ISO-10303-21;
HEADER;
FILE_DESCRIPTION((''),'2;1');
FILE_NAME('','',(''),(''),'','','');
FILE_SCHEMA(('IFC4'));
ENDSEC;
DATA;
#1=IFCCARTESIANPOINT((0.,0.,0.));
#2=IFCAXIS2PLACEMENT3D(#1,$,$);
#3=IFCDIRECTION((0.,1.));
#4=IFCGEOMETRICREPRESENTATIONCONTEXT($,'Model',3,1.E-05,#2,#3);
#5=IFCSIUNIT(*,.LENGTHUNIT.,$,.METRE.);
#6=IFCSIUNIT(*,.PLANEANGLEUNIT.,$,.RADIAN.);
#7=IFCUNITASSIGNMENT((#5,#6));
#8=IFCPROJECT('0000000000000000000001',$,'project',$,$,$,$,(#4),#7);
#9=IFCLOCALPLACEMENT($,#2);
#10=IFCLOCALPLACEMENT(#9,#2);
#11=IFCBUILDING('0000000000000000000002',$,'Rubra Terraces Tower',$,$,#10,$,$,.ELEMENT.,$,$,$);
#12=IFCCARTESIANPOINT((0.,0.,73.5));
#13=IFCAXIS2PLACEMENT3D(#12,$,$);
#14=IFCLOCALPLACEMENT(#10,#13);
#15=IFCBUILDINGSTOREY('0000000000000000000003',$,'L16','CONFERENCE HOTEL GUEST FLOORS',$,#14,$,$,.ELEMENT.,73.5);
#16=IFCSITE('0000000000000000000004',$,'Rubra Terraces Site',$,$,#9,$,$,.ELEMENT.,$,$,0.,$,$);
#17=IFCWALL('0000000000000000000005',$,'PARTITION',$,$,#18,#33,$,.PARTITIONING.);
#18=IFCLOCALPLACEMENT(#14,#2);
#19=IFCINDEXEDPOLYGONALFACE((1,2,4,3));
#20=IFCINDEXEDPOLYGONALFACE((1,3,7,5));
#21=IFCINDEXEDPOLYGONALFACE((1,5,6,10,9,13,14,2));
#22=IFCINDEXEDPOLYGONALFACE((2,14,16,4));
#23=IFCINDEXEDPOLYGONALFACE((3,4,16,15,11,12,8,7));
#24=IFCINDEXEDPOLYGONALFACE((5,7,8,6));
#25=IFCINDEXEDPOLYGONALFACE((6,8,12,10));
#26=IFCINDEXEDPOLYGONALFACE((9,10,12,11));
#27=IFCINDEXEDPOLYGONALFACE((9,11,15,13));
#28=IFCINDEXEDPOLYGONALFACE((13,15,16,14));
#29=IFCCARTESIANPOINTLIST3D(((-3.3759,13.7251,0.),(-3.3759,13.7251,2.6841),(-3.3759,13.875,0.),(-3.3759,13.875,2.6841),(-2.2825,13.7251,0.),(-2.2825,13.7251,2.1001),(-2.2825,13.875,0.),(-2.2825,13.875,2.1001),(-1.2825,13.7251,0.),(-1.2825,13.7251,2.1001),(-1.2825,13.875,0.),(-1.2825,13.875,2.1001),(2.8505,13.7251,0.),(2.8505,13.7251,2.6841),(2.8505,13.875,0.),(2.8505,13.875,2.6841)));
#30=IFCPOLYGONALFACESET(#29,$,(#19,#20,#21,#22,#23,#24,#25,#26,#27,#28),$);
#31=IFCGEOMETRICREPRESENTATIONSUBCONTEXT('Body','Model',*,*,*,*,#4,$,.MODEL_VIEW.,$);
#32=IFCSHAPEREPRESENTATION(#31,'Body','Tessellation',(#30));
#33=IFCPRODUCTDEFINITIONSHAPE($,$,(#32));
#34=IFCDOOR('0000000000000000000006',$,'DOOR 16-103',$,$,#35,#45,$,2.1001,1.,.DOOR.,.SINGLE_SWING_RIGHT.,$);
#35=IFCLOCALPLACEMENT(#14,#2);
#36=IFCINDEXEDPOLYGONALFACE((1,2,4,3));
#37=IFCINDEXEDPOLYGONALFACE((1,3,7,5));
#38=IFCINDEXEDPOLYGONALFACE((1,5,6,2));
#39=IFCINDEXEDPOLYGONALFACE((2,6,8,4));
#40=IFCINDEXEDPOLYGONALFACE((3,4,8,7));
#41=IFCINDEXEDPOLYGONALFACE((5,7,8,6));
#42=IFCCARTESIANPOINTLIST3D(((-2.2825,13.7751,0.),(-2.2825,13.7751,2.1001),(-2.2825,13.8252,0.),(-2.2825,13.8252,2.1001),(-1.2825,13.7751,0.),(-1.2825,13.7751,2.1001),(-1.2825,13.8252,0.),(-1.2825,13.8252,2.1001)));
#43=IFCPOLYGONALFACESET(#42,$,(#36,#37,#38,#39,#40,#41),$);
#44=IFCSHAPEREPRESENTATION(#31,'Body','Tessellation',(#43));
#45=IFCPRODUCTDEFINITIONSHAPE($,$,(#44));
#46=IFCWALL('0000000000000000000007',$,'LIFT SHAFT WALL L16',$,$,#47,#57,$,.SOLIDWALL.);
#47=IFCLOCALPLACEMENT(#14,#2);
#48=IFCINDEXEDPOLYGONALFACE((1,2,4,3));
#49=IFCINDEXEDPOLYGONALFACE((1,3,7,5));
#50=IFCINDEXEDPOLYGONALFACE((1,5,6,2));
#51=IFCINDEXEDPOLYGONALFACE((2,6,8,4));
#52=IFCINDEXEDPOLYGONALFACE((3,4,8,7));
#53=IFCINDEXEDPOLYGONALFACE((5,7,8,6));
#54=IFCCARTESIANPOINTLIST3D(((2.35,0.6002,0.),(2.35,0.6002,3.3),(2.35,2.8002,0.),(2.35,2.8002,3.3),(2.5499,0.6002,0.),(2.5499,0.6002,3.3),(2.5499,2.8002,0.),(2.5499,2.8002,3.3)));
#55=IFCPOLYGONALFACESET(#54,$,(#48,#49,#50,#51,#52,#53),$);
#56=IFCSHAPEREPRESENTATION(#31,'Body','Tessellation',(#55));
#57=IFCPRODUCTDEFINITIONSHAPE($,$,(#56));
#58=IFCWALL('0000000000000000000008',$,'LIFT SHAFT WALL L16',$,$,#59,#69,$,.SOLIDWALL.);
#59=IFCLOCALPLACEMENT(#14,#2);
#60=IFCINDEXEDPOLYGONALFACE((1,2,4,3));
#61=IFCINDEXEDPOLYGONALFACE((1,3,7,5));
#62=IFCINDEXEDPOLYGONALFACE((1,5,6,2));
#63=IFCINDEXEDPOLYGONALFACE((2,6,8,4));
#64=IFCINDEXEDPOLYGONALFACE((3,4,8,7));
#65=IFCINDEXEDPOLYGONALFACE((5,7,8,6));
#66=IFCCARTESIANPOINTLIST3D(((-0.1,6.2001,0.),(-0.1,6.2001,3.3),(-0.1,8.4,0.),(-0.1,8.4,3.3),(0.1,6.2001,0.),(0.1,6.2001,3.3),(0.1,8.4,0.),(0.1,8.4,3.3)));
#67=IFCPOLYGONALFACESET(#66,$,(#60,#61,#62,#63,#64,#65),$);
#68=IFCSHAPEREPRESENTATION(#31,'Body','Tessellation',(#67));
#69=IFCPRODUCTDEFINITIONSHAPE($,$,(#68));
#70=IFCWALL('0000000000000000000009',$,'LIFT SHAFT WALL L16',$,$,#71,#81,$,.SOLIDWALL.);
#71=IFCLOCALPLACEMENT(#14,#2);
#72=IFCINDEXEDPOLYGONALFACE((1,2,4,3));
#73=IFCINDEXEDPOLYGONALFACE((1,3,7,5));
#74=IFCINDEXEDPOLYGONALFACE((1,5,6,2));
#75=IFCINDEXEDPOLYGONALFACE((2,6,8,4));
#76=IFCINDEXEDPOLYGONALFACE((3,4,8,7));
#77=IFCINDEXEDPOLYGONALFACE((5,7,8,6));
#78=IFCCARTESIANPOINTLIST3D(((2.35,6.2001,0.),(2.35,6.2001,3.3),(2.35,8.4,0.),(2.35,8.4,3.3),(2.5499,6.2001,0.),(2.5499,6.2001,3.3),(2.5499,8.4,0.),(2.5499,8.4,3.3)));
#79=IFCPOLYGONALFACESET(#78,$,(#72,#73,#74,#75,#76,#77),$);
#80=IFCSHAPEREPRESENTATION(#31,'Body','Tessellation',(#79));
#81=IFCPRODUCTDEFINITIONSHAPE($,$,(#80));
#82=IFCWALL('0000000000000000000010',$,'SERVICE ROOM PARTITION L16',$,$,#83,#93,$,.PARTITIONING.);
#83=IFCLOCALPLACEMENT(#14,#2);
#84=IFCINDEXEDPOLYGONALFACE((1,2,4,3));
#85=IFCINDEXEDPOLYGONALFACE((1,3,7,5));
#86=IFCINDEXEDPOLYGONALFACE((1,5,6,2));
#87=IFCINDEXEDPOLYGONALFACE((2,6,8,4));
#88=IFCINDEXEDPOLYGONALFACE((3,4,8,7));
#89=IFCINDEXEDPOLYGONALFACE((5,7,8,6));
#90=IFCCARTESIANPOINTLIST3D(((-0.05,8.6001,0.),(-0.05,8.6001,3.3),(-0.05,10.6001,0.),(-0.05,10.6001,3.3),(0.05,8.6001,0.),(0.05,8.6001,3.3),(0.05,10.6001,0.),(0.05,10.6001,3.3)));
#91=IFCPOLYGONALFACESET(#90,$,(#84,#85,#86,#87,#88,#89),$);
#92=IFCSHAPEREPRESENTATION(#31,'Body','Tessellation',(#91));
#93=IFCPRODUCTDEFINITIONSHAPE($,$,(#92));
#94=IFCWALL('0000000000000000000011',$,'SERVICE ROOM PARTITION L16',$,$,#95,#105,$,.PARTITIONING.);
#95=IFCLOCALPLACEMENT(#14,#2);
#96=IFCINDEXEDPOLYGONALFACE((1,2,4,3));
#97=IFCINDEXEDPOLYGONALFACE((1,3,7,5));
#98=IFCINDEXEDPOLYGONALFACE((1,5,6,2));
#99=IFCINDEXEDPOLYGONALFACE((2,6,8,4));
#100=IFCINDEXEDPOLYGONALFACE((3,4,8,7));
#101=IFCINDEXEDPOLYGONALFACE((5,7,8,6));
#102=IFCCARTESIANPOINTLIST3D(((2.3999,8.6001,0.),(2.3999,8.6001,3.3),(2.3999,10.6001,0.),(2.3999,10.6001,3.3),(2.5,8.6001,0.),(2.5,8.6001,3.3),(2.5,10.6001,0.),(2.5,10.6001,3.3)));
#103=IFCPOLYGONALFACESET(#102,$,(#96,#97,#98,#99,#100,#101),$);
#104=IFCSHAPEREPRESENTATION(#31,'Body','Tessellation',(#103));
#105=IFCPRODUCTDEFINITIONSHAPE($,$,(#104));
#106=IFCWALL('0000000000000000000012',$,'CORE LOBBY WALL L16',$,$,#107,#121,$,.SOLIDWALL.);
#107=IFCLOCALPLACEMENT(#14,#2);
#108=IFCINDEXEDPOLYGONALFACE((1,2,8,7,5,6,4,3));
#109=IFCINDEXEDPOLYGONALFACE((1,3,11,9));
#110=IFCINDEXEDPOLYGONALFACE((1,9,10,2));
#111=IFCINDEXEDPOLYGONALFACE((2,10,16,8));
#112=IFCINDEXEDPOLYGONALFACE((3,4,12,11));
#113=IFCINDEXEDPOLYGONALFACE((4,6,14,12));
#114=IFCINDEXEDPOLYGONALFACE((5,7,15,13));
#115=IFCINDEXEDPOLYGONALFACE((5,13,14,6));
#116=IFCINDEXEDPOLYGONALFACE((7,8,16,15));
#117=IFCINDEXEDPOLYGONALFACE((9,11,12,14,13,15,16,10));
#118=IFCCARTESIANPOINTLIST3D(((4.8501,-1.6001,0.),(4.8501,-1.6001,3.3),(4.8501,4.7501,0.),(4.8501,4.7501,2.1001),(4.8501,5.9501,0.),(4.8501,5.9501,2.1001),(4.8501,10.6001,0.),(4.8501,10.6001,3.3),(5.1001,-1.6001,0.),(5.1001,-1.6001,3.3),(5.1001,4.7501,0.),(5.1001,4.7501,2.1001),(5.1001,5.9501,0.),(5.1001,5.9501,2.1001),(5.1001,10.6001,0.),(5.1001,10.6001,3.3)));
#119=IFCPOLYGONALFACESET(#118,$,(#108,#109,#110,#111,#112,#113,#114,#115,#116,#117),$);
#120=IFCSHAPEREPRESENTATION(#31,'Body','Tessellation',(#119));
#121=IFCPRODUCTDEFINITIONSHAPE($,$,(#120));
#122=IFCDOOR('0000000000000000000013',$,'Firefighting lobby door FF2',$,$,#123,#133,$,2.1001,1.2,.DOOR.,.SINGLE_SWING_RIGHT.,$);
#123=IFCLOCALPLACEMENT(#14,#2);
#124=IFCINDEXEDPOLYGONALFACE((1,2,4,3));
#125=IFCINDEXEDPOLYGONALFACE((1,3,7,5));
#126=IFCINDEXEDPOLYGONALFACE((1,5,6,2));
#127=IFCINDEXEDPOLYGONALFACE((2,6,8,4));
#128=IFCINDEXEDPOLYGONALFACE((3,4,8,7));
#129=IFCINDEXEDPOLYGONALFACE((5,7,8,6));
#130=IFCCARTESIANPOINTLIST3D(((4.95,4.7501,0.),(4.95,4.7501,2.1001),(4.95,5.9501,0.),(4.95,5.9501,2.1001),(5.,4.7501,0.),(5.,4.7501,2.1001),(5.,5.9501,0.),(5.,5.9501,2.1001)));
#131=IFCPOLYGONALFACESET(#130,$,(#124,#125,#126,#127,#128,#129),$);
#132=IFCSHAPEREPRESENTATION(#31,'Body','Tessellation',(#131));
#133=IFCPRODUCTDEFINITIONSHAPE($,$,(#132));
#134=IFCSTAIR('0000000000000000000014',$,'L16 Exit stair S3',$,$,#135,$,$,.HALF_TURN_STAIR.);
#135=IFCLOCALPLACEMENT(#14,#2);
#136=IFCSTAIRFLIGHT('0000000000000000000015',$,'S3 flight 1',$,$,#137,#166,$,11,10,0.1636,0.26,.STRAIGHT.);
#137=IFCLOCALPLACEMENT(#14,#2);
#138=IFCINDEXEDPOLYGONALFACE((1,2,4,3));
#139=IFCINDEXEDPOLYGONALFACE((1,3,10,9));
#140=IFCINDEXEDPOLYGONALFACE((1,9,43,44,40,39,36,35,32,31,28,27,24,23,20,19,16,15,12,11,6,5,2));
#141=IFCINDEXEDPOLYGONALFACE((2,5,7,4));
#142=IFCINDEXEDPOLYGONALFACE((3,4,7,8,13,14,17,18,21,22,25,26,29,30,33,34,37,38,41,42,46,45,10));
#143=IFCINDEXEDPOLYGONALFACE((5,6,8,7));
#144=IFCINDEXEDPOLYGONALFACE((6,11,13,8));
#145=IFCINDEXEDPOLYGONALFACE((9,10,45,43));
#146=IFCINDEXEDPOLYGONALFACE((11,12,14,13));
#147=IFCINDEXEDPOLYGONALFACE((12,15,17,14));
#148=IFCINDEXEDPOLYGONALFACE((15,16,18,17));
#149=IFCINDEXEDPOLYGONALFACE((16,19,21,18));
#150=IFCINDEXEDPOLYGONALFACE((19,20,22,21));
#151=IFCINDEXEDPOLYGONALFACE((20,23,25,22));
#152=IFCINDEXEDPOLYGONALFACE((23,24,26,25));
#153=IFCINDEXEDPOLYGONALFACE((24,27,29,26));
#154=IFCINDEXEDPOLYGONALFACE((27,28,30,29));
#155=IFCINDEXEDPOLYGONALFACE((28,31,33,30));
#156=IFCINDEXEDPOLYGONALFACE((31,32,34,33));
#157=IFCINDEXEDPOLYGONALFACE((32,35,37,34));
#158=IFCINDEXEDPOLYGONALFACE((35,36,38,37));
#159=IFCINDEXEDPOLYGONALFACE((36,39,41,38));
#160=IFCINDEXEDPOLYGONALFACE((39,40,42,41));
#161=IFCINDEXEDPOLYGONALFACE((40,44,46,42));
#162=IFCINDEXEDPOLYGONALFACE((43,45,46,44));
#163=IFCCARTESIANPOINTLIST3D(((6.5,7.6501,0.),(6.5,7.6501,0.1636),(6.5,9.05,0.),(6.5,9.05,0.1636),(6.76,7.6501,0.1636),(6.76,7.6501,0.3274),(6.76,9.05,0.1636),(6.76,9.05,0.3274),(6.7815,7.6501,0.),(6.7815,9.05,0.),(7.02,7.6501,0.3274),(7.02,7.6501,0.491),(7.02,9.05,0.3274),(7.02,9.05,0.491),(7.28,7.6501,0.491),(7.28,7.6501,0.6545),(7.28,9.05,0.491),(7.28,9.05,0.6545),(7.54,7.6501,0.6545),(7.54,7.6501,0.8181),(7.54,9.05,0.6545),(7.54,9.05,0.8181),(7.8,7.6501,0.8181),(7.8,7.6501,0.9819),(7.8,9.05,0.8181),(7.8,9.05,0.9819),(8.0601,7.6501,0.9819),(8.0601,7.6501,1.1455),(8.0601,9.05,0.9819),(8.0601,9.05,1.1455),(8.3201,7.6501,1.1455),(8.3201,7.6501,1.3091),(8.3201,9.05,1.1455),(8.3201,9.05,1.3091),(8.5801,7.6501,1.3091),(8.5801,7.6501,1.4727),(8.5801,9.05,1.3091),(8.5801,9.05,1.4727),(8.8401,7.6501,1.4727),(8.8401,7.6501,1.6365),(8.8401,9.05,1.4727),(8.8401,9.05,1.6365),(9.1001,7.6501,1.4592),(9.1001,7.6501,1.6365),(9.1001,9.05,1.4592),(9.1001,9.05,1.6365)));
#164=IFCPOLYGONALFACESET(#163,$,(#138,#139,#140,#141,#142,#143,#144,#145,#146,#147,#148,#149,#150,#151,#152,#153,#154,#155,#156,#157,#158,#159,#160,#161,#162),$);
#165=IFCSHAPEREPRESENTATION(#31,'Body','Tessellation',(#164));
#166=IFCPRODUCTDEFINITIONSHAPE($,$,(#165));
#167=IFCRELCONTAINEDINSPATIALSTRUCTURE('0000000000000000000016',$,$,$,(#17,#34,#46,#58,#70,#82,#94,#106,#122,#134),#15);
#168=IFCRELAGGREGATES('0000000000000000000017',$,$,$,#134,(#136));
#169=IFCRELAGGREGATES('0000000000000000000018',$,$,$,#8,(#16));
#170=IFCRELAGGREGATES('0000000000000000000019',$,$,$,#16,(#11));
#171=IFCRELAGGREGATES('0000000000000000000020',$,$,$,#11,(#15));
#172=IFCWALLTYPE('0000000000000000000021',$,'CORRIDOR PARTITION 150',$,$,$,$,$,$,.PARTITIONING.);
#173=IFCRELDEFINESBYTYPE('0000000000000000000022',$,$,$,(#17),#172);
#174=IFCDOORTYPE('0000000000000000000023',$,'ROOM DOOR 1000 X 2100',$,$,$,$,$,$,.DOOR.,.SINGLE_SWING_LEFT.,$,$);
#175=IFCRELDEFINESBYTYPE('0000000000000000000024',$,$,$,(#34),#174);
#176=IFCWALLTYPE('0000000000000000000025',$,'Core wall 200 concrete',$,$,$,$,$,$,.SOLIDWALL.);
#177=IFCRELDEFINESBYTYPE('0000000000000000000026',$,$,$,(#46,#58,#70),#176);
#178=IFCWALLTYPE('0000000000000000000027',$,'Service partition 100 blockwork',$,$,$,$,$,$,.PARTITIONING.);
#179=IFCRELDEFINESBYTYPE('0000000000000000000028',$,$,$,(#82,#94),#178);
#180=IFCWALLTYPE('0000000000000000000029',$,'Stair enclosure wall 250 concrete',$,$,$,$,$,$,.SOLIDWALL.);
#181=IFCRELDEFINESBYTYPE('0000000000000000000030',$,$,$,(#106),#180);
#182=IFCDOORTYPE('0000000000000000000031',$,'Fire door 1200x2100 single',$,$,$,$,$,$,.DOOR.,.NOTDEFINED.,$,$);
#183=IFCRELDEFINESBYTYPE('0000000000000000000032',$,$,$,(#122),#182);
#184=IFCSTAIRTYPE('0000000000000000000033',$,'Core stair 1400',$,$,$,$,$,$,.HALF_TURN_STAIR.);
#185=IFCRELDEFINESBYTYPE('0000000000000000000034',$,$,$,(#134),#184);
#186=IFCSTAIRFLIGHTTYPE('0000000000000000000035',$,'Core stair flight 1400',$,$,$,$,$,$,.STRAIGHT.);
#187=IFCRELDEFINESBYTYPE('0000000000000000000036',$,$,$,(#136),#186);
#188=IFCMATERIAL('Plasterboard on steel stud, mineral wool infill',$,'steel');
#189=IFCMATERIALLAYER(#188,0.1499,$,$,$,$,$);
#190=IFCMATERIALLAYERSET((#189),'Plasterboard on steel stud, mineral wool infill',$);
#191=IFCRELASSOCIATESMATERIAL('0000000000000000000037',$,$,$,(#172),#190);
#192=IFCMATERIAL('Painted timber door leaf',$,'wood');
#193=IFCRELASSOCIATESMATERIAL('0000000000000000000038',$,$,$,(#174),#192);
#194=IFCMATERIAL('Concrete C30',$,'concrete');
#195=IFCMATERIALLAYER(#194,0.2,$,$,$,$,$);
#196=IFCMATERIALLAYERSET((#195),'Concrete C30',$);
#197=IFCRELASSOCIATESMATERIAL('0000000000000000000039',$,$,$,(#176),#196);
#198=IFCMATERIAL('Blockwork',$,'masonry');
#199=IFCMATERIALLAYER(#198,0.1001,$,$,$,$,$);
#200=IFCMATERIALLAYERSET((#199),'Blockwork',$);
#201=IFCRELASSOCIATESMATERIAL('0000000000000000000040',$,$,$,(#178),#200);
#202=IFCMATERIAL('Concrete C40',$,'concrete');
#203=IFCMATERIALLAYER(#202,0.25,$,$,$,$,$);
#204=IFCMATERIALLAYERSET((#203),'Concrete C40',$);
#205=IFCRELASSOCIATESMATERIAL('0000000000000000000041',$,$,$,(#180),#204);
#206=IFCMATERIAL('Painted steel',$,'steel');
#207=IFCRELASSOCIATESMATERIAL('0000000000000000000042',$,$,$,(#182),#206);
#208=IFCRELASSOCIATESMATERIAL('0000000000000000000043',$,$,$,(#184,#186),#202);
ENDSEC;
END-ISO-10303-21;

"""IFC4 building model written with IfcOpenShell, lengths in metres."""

from ifc_helpers import new_model, si_unit, direction, frame, frame_2d, origin, place, context, subcontext, project, spatial, polyline, rectangle, outline, extrude, material, layer, layer_set, type_object, element, fill, aggregate, save


model = new_model("IFC4")

# Units and contexts
model_context = context("Model", 3, precision=1e-05, world=origin(), true_north=direction((0.0, 1.0)))
body_context = subcontext(model_context, "Body", "Model", "MODEL_VIEW")
ifc_project = project(units=[si_unit("LENGTHUNIT", "METRE"), si_unit("PLANEANGLEUNIT", "RADIAN")], contexts=[model_context])

# Site, building, storey
site_placement = place(None, origin())
site = spatial("IfcSite", under=ifc_project, at=site_placement, Name="Rubra Terraces Site", CompositionType="ELEMENT", RefElevation=0.0)
building_placement = place(site_placement, origin())
building = spatial("IfcBuilding", under=site, at=building_placement, Name="Rubra Terraces Tower", CompositionType="ELEMENT")
storey_placement = place(building_placement, frame((0.0, 0.0, 73.5)))
storey = spatial("IfcBuildingStorey", under=building, at=storey_placement, Name="L16", Description="CONFERENCE HOTEL GUEST FLOORS", CompositionType="ELEMENT", Elevation=73.5)

# Wall, opening, door
ifc_material_1 = material(Name="Plasterboard on steel stud, mineral wool infill", Category="steel")
ifc_layer_1 = layer(ifc_material_1, 0.1499)
ifc_layer_set_1 = layer_set([ifc_layer_1], Name="Plasterboard on steel stud, mineral wool infill")
wall_type_1 = type_object("IfcWallType", Name="CORRIDOR PARTITION 150", PredefinedType="PARTITIONING", material=ifc_layer_set_1)
wall_1_placement = place(storey_placement, frame((2.8506, 13.8, 0.0), z_axis=(0.0, 0.0, 1.0), x_axis=(-1.0, 0.0, 0.0)))
wall_1 = element("IfcWall", 1, at=wall_1_placement, inside=storey, type_object=wall_type_1, Name="PARTITION", PredefinedType="PARTITIONING", context=body_context, shape_type="SweptSolid", body=[
    extrude(rectangle(XDim=6.2263, YDim=0.1499, at=frame_2d((3.1133, 0.0))), origin(), (0.0, 0.0, 1.0), 2.6841),
])
opening_1_placement = place(wall_1_placement, frame((4.1331, 0.0, 0.0)))
opening_1 = element("IfcOpeningElement", 2, at=opening_1_placement, cuts=wall_1, PredefinedType="OPENING", context=body_context, shape_type="SweptSolid", body=[
    extrude(rectangle(XDim=1.0, YDim=2.1001, at=frame_2d((0.5, 1.05))), frame((0.0, 0.085, 0.0), z_axis=(0.0, -1.0, 0.0), x_axis=(1.0, 0.0, 0.0)), (0.0, 0.0, 1.0), 0.1699),
])
ifc_material_2 = material(Name="Painted timber door leaf", Category="wood")
door_type_1 = type_object("IfcDoorType", Name="ROOM DOOR 1000 X 2100", OperationType="SINGLE_SWING_LEFT", PredefinedType="DOOR", material=ifc_material_2)
door_1_placement = place(opening_1_placement, origin())
door_1 = element("IfcDoor", 3, at=door_1_placement, inside=storey, type_object=door_type_1, Name="DOOR 16-103", OperationType="SINGLE_SWING_RIGHT", OverallHeight=2.1001, OverallWidth=1.0, PredefinedType="DOOR", context=body_context, shape_type="SweptSolid", body=[
    extrude(rectangle(XDim=1.0, YDim=2.1001, at=frame_2d((0.5, 1.05))), frame((0.0, 0.0249, 0.0), z_axis=(0.0, -1.0, 0.0), x_axis=(1.0, 0.0, 0.0)), (0.0, 0.0, 1.0), 0.05),
])
fill(opening_1, door_1)

# Walls
ifc_material_3 = material(Name="Concrete C30", Category="concrete")
ifc_layer_2 = layer(ifc_material_3, 0.2)
ifc_layer_set_2 = layer_set([ifc_layer_2], Name="Concrete C30")
wall_type_2 = type_object("IfcWallType", Name="Core wall 200 concrete", PredefinedType="SOLIDWALL", material=ifc_layer_set_2)
for number, where, z_axis, x_axis, name in (
    (4, (2.45, 0.6001, 0.0), (0.0, 0.0, 1.0), (0.0, 1.0, 0.0), "LIFT SHAFT WALL L16"),
    (5, (0.0, 6.2, 0.0), (0.0, 0.0, 1.0), (0.0, 1.0, 0.0), "LIFT SHAFT WALL L16"),
    (6, (2.45, 6.2, 0.0), (0.0, 0.0, 1.0), (0.0, 1.0, 0.0), "LIFT SHAFT WALL L16"),
):
    element("IfcWall", number, at=place(storey_placement, frame(where, z_axis=z_axis, x_axis=x_axis)), inside=storey, type_object=wall_type_2, Name=name, PredefinedType="SOLIDWALL", context=body_context, shape_type="SweptSolid", body=[
        extrude(rectangle(XDim=2.2, YDim=0.2, at=frame_2d((1.1001, 0.0))), origin(), (0.0, 0.0, 1.0), 3.3),
    ])
ifc_material_4 = material(Name="Blockwork", Category="masonry")
ifc_layer_3 = layer(ifc_material_4, 0.1001)
ifc_layer_set_3 = layer_set([ifc_layer_3], Name="Blockwork")
wall_type_3 = type_object("IfcWallType", Name="Service partition 100 blockwork", PredefinedType="PARTITIONING", material=ifc_layer_set_3)
for number, where, z_axis, x_axis, name in (
    (7, (0.0, 8.6001, 0.0), (0.0, 0.0, 1.0), (0.0, 1.0, 0.0), "SERVICE ROOM PARTITION L16"),
    (8, (2.45, 8.6001, 0.0), (0.0, 0.0, 1.0), (0.0, 1.0, 0.0), "SERVICE ROOM PARTITION L16"),
):
    element("IfcWall", number, at=place(storey_placement, frame(where, z_axis=z_axis, x_axis=x_axis)), inside=storey, type_object=wall_type_3, Name=name, PredefinedType="PARTITIONING", context=body_context, shape_type="SweptSolid", body=[
        extrude(rectangle(XDim=2.0, YDim=0.1001, at=frame_2d((1.0, 0.0))), origin(), (0.0, 0.0, 1.0), 3.3),
    ])

# Wall, opening, door
ifc_material_5 = material(Name="Concrete C40", Category="concrete")
ifc_layer_4 = layer(ifc_material_5, 0.25)
ifc_layer_set_4 = layer_set([ifc_layer_4], Name="Concrete C40")
wall_type_4 = type_object("IfcWallType", Name="Stair enclosure wall 250 concrete", PredefinedType="SOLIDWALL", material=ifc_layer_set_4)
wall_2_placement = place(storey_placement, frame((4.9751, 10.6001, 0.0), z_axis=(0.0, 0.0, 1.0), x_axis=(0.0, -1.0, 0.0)))
wall_2 = element("IfcWall", 9, at=wall_2_placement, inside=storey, type_object=wall_type_4, Name="CORE LOBBY WALL L16", PredefinedType="SOLIDWALL", context=body_context, shape_type="SweptSolid", body=[
    extrude(rectangle(XDim=12.2002, YDim=0.25, at=frame_2d((6.1001, 0.0))), origin(), (0.0, 0.0, 1.0), 3.3),
])
opening_2_placement = place(wall_2_placement, frame((4.6499, 0.0, 0.0)))
opening_2 = element("IfcOpeningElement", 10, at=opening_2_placement, cuts=wall_2, PredefinedType="OPENING", context=body_context, shape_type="SweptSolid", body=[
    extrude(rectangle(XDim=1.2, YDim=2.1001, at=frame_2d((0.6001, 1.05))), frame((0.0, 0.135, 0.0), z_axis=(0.0, -1.0, 0.0), x_axis=(1.0, 0.0, 0.0)), (0.0, 0.0, 1.0), 0.27),
])
ifc_material_6 = material(Name="Painted steel", Category="steel")
door_type_2 = type_object("IfcDoorType", Name="Fire door 1200x2100 single", OperationType="NOTDEFINED", PredefinedType="DOOR", material=ifc_material_6)
door_2_placement = place(opening_2_placement, origin())
door_2 = element("IfcDoor", 11, at=door_2_placement, inside=storey, type_object=door_type_2, Name="Firefighting lobby door FF2", OperationType="SINGLE_SWING_RIGHT", OverallHeight=2.1001, OverallWidth=1.2, PredefinedType="DOOR", context=body_context, shape_type="SweptSolid", body=[
    extrude(rectangle(XDim=1.2, YDim=2.1001, at=frame_2d((0.6001, 1.05))), frame((0.0, 0.0249, 0.0), z_axis=(0.0, -1.0, 0.0), x_axis=(1.0, 0.0, 0.0)), (0.0, 0.0, 1.0), 0.05),
])
fill(opening_2, door_2)

# Stair, stair flight
stair_type = type_object("IfcStairType", Name="Core stair 1400", PredefinedType="HALF_TURN_STAIR", material=ifc_material_5)
stair_placement = place(storey_placement, origin())
stair = element("IfcStair", 12, at=stair_placement, inside=storey, type_object=stair_type, Name="L16 Exit stair S3", PredefinedType="HALF_TURN_STAIR")
stair_flight_type = type_object("IfcStairFlightType", Name="Core stair flight 1400", PredefinedType="STRAIGHT", material=ifc_material_5)
stair_flight_placement = place(storey_placement, frame((6.5, 8.3501, 0.0), z_axis=(0.0, 0.0, 1.0), x_axis=(1.0, 0.0, 0.0)))
stair_flight = element("IfcStairFlight", 13, at=stair_flight_placement, type_object=stair_flight_type, Name="S3 flight 1", NumberOfRisers=11, NumberOfTreads=10, PredefinedType="STRAIGHT", RiserHeight=0.1636, TreadLength=0.26, context=body_context, shape_type="SweptSolid", body=[
    extrude(outline(polyline([(0.0, 0.0), (0.0, 0.1636), (0.26, 0.1636), (0.26, 0.3274), (0.52, 0.3274), (0.52, 0.491), (0.78, 0.491), (0.78, 0.6545), (1.04, 0.6545), (1.04, 0.8181), (1.3, 0.8181), (1.3, 0.9819), (1.5601, 0.9819), (1.5601, 1.1455), (1.8201, 1.1455), (1.8201, 1.3091), (2.0801, 1.3091), (2.0801, 1.4727), (2.3401, 1.4727), (2.3401, 1.6365), (2.6001, 1.6365), (2.6001, 1.8), (2.6001, 1.4592), (0.2815, 0.0), (0.0, 0.0)])), frame((0.0, 0.7, 0.0), z_axis=(0.0, -1.0, 0.0), x_axis=(1.0, 0.0, 0.0)), (0.0, 0.0, 1.0), 1.3999),
])
aggregate(stair, [stair_flight])

save(model, "model.ifc")
